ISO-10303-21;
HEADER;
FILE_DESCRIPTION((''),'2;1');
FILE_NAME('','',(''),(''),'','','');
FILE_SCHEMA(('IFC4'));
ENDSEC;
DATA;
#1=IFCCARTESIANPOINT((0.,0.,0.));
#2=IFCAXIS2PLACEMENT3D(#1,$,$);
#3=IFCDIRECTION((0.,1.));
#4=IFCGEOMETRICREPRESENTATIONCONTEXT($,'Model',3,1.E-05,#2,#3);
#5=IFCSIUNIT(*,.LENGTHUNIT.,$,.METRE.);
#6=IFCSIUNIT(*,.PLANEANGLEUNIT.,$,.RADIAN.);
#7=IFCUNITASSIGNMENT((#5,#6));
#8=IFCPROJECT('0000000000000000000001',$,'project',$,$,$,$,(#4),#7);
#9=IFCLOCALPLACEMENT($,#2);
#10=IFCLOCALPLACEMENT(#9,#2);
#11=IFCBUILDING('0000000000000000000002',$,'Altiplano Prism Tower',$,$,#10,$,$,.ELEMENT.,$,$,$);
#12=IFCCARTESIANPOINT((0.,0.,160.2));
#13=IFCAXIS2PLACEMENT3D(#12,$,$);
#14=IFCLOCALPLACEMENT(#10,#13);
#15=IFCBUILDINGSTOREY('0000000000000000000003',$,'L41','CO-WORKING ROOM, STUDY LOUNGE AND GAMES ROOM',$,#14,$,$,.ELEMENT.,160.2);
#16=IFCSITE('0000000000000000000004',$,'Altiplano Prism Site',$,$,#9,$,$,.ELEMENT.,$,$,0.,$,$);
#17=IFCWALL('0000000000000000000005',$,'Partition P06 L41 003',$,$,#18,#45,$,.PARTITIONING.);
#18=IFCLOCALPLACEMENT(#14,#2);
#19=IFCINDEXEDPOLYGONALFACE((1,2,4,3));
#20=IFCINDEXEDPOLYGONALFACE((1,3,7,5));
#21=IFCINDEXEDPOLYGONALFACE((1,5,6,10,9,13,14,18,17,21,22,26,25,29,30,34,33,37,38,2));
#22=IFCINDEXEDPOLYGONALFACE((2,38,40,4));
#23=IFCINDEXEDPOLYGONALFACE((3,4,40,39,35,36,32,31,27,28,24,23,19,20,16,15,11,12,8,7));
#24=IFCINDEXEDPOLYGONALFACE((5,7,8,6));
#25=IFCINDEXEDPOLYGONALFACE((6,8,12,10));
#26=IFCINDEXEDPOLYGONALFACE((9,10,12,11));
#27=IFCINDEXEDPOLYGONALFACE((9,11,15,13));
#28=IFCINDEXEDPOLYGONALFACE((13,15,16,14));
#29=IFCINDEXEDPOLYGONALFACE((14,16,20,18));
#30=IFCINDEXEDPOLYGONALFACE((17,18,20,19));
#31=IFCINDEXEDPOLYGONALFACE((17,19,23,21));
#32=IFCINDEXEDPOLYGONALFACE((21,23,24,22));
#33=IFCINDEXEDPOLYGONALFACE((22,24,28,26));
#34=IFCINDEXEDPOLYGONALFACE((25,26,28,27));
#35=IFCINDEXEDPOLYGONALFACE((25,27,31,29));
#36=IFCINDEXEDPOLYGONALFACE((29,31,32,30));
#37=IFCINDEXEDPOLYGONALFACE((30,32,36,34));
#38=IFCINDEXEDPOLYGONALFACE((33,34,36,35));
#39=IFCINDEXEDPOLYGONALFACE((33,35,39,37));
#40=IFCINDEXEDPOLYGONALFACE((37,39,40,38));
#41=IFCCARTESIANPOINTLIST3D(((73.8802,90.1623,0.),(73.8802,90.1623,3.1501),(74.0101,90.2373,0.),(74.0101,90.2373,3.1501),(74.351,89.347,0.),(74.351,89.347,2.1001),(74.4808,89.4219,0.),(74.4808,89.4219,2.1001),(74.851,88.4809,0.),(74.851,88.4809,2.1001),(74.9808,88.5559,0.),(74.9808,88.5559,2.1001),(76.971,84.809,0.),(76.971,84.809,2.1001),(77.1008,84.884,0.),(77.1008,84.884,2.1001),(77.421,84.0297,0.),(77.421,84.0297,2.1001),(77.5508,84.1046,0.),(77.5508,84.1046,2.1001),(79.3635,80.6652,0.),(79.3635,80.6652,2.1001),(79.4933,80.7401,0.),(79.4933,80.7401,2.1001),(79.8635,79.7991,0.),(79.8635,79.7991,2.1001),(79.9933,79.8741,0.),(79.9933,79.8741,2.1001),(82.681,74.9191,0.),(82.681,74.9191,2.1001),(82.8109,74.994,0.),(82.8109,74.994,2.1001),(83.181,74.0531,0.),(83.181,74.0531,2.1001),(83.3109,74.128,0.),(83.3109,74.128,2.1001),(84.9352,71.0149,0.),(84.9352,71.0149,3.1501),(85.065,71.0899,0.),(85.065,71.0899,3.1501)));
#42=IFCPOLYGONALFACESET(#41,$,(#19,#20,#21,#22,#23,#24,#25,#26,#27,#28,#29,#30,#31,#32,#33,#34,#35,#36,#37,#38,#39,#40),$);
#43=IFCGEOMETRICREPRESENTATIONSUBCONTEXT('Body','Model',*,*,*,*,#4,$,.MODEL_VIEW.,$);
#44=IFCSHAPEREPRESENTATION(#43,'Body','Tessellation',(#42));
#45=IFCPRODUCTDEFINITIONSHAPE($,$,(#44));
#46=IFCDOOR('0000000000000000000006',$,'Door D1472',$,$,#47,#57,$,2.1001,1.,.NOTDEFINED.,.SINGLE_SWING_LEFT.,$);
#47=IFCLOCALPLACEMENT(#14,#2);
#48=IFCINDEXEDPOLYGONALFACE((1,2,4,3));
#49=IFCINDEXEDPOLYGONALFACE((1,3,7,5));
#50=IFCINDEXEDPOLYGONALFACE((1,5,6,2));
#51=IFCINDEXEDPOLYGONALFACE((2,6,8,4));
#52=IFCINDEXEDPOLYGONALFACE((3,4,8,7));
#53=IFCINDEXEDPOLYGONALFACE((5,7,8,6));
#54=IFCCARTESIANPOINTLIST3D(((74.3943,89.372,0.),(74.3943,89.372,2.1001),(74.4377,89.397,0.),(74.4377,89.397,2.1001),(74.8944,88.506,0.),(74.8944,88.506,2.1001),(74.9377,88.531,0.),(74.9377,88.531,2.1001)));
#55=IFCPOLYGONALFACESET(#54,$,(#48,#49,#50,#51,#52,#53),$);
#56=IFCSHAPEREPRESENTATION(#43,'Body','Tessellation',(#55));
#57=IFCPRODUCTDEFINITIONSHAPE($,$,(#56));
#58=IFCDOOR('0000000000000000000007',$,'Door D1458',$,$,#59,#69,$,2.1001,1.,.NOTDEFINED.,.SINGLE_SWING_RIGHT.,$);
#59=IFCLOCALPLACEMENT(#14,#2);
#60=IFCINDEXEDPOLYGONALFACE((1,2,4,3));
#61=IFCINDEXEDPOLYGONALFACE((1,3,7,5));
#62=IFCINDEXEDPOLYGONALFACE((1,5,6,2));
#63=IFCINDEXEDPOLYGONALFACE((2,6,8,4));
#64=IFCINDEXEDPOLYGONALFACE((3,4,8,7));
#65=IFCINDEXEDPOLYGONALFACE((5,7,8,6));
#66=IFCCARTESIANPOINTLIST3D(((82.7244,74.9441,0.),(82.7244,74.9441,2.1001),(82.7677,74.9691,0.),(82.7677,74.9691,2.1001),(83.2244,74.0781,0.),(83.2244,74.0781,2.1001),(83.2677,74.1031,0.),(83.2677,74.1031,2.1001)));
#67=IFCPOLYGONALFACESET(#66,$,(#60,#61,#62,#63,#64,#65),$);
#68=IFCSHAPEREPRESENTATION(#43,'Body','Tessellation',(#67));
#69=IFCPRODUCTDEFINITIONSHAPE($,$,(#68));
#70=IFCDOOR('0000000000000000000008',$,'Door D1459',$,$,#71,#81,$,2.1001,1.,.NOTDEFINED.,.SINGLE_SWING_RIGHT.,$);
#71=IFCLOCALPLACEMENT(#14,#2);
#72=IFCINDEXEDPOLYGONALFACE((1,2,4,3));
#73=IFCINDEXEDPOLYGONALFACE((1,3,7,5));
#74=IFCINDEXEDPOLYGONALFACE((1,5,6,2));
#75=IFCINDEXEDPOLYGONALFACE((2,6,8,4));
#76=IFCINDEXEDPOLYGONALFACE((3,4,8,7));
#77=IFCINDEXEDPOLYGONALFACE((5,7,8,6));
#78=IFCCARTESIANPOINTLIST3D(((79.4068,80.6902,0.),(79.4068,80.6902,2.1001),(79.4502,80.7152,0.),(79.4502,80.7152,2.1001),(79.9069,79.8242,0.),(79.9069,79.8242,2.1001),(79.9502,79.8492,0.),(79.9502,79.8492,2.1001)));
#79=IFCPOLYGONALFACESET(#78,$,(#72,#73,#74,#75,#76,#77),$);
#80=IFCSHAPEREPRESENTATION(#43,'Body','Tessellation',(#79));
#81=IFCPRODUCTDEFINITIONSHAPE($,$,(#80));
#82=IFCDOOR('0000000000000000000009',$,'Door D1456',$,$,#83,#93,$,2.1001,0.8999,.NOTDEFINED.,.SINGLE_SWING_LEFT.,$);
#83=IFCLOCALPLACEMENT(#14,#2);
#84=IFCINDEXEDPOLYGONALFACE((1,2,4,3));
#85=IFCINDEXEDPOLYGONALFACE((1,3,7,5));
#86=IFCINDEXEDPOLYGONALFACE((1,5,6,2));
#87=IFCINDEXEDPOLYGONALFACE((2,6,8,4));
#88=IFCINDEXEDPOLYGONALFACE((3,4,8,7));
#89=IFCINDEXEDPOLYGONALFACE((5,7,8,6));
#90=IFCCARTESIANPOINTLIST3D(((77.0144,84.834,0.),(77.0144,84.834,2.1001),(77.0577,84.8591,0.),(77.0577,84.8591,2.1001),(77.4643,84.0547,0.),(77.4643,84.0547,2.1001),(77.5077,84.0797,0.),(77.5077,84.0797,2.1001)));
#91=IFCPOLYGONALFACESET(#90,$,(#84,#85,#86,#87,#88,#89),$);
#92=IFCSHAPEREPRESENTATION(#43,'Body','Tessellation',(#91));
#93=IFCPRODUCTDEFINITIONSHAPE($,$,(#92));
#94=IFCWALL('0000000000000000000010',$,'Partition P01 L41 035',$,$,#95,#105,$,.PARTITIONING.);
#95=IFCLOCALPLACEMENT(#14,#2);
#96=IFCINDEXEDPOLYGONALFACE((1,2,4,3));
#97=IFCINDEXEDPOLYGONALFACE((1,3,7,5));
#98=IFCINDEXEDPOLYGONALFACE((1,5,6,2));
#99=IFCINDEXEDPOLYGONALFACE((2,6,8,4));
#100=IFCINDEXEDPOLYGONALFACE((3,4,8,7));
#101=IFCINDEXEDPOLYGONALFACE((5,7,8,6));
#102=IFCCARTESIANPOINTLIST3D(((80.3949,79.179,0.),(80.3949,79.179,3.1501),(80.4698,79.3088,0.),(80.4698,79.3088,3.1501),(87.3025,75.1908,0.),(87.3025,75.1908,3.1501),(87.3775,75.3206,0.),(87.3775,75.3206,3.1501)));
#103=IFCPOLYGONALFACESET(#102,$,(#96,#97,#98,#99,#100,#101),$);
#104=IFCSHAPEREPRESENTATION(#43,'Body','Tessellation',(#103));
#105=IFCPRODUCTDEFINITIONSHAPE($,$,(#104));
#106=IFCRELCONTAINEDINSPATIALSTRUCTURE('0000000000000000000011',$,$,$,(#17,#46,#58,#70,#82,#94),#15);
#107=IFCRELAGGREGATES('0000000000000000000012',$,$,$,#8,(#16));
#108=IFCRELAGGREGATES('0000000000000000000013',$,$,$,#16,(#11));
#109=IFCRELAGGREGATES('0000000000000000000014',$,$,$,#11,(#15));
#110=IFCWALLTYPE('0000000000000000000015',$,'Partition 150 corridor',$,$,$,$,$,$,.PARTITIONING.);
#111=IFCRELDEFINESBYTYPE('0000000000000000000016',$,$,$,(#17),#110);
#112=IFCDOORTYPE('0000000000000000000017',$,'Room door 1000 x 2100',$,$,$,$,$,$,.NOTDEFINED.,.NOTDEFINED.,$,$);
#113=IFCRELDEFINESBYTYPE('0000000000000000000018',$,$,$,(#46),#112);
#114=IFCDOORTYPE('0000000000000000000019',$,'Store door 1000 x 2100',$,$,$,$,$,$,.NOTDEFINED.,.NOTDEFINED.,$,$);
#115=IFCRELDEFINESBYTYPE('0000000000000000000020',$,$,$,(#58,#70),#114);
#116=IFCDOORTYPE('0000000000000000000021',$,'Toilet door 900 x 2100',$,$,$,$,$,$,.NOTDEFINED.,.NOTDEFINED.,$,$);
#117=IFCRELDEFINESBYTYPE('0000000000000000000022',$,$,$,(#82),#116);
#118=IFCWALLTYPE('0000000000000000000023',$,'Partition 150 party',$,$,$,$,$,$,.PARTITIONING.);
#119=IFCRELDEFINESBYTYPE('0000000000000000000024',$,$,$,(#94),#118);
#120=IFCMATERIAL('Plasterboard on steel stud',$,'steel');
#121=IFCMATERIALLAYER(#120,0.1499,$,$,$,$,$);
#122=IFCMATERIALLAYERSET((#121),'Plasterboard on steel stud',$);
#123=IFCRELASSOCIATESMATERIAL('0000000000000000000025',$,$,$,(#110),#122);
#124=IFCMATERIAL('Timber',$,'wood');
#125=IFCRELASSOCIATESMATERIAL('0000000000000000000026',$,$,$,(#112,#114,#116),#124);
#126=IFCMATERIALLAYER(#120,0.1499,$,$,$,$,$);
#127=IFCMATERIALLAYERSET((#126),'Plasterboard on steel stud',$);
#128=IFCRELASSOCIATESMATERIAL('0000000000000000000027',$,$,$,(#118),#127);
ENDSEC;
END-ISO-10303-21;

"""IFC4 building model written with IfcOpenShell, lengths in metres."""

from ifc_helpers import new_model, si_unit, direction, frame, frame_2d, origin, place, context, subcontext, project, spatial, rectangle, extrude, material, layer, layer_set, type_object, element, fill, save


model = new_model("IFC4")

# Units and contexts
model_context = context("Model", 3, precision=1e-05, world=origin(), true_north=direction((0.0, 1.0)))
body_context = subcontext(model_context, "Body", "Model", "MODEL_VIEW")
ifc_project = project(units=[si_unit("LENGTHUNIT", "METRE"), si_unit("PLANEANGLEUNIT", "RADIAN")], contexts=[model_context])

# Site, building, storey
site_placement = place(None, origin())
site = spatial("IfcSite", under=ifc_project, at=site_placement, Name="Altiplano Prism Site", CompositionType="ELEMENT", RefElevation=0.0)
building_placement = place(site_placement, origin())
building = spatial("IfcBuilding", under=site, at=building_placement, Name="Altiplano Prism Tower", CompositionType="ELEMENT")
storey_placement = place(building_placement, frame((0.0, 0.0, 160.2)))
storey = spatial("IfcBuildingStorey", under=building, at=storey_placement, Name="L41", Description="CO-WORKING ROOM, STUDY LOUNGE AND GAMES ROOM", CompositionType="ELEMENT", Elevation=160.2)

# Wall, openings, doors
ifc_material_1 = material(Name="Plasterboard on steel stud", Category="steel")
ifc_layer_1 = layer(ifc_material_1, 0.1499)
ifc_layer_set_1 = layer_set([ifc_layer_1], Name="Plasterboard on steel stud")
wall_type_1 = type_object("IfcWallType", Name="Partition 150 corridor", PredefinedType="PARTITIONING", material=ifc_layer_set_1)
wall_1_placement = place(storey_placement, frame((85.0, 71.0525, 0.0), z_axis=(0.0, 0.0, 1.0), x_axis=(-0.500005, 0.866023, 0.0)))
wall_1 = element("IfcWall", 1, at=wall_1_placement, inside=storey, type_object=wall_type_1, Name="Partition P06 L41 003", PredefinedType="PARTITIONING", context=body_context, shape_type="SweptSolid", body=[
    extrude(rectangle(XDim=22.1096, YDim=0.1499, at=frame_2d((11.0547, 0.0))), origin(), (0.0, 0.0, 1.0), 3.1501),
])
opening_1_placement = place(wall_1_placement, frame((15.0281, 0.0, 0.0)))
opening_1 = element("IfcOpeningElement", 2, at=opening_1_placement, cuts=wall_1, PredefinedType="OPENING", context=body_context, shape_type="SweptSolid", body=[
    extrude(rectangle(XDim=0.8999, YDim=2.1001, at=frame_2d((0.45, 1.05))), frame((0.0, 0.0854, 0.0), z_axis=(0.0, -1.0, 0.0), x_axis=(1.0, 0.0, 0.0)), (0.0, 0.0, 1.0), 0.1709),
])
opening_2_placement = place(wall_1_placement, frame((3.5081, 0.0, 0.0)))
opening_2 = element("IfcOpeningElement", 3, at=opening_2_placement, cuts=wall_1, PredefinedType="OPENING", context=body_context, shape_type="SweptSolid", body=[
    extrude(rectangle(XDim=1.0, YDim=2.1001, at=frame_2d((0.5, 1.05))), frame((0.0, 0.0854, 0.0), z_axis=(0.0, -1.0, 0.0), x_axis=(1.0, 0.0, 0.0)), (0.0, 0.0, 1.0), 0.1709),
])
opening_3_placement = place(wall_1_placement, frame((10.1431, 0.0, 0.0)))
opening_3 = element("IfcOpeningElement", 4, at=opening_3_placement, cuts=wall_1, PredefinedType="OPENING", context=body_context, shape_type="SweptSolid", body=[
    extrude(rectangle(XDim=1.0, YDim=2.1001, at=frame_2d((0.5, 1.05))), frame((0.0, 0.0854, 0.0), z_axis=(0.0, -1.0, 0.0), x_axis=(1.0, 0.0, 0.0)), (0.0, 0.0, 1.0), 0.1709),
])
opening_4_placement = place(wall_1_placement, frame((20.168, 0.0, 0.0)))
opening_4 = element("IfcOpeningElement", 5, at=opening_4_placement, cuts=wall_1, PredefinedType="OPENING", context=body_context, shape_type="SweptSolid", body=[
    extrude(rectangle(XDim=1.0, YDim=2.1001, at=frame_2d((0.5, 1.05))), frame((0.0, 0.0854, 0.0), z_axis=(0.0, -1.0, 0.0), x_axis=(1.0, 0.0, 0.0)), (0.0, 0.0, 1.0), 0.1709),
])
ifc_material_2 = material(Name="Timber", Category="wood")
door_type_1 = type_object("IfcDoorType", Name="Room door 1000 x 2100", OperationType="NOTDEFINED", PredefinedType="NOTDEFINED", material=ifc_material_2)
door_1_placement = place(opening_4_placement, origin())
door_1 = element("IfcDoor", 6, at=door_1_placement, inside=storey, type_object=door_type_1, Name="Door D1472", OperationType="SINGLE_SWING_LEFT", OverallHeight=2.1001, OverallWidth=1.0, PredefinedType="NOTDEFINED", context=body_context, shape_type="SweptSolid", body=[
    extrude(rectangle(XDim=1.0, YDim=2.1001, at=frame_2d((0.5, 1.05))), frame((0.0, 0.0249, 0.0), z_axis=(0.0, -1.0, 0.0), x_axis=(1.0, 0.0, 0.0)), (0.0, 0.0, 1.0), 0.05),
])
fill(opening_4, door_1)
door_type_2 = type_object("IfcDoorType", Name="Store door 1000 x 2100", OperationType="NOTDEFINED", PredefinedType="NOTDEFINED", material=ifc_material_2)
door_2_placement = place(opening_2_placement, origin())
door_2 = element("IfcDoor", 7, at=door_2_placement, inside=storey, type_object=door_type_2, Name="Door D1458", OperationType="SINGLE_SWING_RIGHT", OverallHeight=2.1001, OverallWidth=1.0, PredefinedType="NOTDEFINED", context=body_context, shape_type="SweptSolid", body=[
    extrude(rectangle(XDim=1.0, YDim=2.1001, at=frame_2d((0.5, 1.05))), frame((0.0, 0.0249, 0.0), z_axis=(0.0, -1.0, 0.0), x_axis=(1.0, 0.0, 0.0)), (0.0, 0.0, 1.0), 0.05),
])
fill(opening_2, door_2)
door_3_placement = place(opening_3_placement, origin())
door_3 = element("IfcDoor", 8, at=door_3_placement, inside=storey, type_object=door_type_2, Name="Door D1459", OperationType="SINGLE_SWING_RIGHT", OverallHeight=2.1001, OverallWidth=1.0, PredefinedType="NOTDEFINED", context=body_context, shape_type="SweptSolid", body=[
    extrude(rectangle(XDim=1.0, YDim=2.1001, at=frame_2d((0.5, 1.05))), frame((0.0, 0.0249, 0.0), z_axis=(0.0, -1.0, 0.0), x_axis=(1.0, 0.0, 0.0)), (0.0, 0.0, 1.0), 0.05),
])
fill(opening_3, door_3)
door_type_3 = type_object("IfcDoorType", Name="Toilet door 900 x 2100", OperationType="NOTDEFINED", PredefinedType="NOTDEFINED", material=ifc_material_2)
door_4_placement = place(opening_1_placement, origin())
door_4 = element("IfcDoor", 9, at=door_4_placement, inside=storey, type_object=door_type_3, Name="Door D1456", OperationType="SINGLE_SWING_LEFT", OverallHeight=2.1001, OverallWidth=0.8999, PredefinedType="NOTDEFINED", context=body_context, shape_type="SweptSolid", body=[
    extrude(rectangle(XDim=0.8999, YDim=2.1001, at=frame_2d((0.45, 1.05))), frame((0.0, 0.0249, 0.0), z_axis=(0.0, -1.0, 0.0), x_axis=(1.0, 0.0, 0.0)), (0.0, 0.0, 1.0), 0.05),
])
fill(opening_1, door_4)

# Wall
ifc_layer_2 = layer(ifc_material_1, 0.1499)
ifc_layer_set_2 = layer_set([ifc_layer_2], Name="Plasterboard on steel stud")
wall_type_2 = type_object("IfcWallType", Name="Partition 150 party", PredefinedType="PARTITIONING", material=ifc_layer_set_2)
wall_2_placement = place(storey_placement, frame((87.3401, 75.2556, 0.0), z_axis=(0.0, 0.0, 1.0), x_axis=(-0.866019, 0.50001, 0.0)))
element("IfcWall", 10, at=wall_2_placement, inside=storey, type_object=wall_type_2, Name="Partition P01 L41 035", PredefinedType="PARTITIONING", context=body_context, shape_type="SweptSolid", body=[
    extrude(rectangle(XDim=7.9763, YDim=0.1499, at=frame_2d((3.9883, 0.0))), origin(), (0.0, 0.0, 1.0), 3.1501),
])

save(model, "model.ifc")
